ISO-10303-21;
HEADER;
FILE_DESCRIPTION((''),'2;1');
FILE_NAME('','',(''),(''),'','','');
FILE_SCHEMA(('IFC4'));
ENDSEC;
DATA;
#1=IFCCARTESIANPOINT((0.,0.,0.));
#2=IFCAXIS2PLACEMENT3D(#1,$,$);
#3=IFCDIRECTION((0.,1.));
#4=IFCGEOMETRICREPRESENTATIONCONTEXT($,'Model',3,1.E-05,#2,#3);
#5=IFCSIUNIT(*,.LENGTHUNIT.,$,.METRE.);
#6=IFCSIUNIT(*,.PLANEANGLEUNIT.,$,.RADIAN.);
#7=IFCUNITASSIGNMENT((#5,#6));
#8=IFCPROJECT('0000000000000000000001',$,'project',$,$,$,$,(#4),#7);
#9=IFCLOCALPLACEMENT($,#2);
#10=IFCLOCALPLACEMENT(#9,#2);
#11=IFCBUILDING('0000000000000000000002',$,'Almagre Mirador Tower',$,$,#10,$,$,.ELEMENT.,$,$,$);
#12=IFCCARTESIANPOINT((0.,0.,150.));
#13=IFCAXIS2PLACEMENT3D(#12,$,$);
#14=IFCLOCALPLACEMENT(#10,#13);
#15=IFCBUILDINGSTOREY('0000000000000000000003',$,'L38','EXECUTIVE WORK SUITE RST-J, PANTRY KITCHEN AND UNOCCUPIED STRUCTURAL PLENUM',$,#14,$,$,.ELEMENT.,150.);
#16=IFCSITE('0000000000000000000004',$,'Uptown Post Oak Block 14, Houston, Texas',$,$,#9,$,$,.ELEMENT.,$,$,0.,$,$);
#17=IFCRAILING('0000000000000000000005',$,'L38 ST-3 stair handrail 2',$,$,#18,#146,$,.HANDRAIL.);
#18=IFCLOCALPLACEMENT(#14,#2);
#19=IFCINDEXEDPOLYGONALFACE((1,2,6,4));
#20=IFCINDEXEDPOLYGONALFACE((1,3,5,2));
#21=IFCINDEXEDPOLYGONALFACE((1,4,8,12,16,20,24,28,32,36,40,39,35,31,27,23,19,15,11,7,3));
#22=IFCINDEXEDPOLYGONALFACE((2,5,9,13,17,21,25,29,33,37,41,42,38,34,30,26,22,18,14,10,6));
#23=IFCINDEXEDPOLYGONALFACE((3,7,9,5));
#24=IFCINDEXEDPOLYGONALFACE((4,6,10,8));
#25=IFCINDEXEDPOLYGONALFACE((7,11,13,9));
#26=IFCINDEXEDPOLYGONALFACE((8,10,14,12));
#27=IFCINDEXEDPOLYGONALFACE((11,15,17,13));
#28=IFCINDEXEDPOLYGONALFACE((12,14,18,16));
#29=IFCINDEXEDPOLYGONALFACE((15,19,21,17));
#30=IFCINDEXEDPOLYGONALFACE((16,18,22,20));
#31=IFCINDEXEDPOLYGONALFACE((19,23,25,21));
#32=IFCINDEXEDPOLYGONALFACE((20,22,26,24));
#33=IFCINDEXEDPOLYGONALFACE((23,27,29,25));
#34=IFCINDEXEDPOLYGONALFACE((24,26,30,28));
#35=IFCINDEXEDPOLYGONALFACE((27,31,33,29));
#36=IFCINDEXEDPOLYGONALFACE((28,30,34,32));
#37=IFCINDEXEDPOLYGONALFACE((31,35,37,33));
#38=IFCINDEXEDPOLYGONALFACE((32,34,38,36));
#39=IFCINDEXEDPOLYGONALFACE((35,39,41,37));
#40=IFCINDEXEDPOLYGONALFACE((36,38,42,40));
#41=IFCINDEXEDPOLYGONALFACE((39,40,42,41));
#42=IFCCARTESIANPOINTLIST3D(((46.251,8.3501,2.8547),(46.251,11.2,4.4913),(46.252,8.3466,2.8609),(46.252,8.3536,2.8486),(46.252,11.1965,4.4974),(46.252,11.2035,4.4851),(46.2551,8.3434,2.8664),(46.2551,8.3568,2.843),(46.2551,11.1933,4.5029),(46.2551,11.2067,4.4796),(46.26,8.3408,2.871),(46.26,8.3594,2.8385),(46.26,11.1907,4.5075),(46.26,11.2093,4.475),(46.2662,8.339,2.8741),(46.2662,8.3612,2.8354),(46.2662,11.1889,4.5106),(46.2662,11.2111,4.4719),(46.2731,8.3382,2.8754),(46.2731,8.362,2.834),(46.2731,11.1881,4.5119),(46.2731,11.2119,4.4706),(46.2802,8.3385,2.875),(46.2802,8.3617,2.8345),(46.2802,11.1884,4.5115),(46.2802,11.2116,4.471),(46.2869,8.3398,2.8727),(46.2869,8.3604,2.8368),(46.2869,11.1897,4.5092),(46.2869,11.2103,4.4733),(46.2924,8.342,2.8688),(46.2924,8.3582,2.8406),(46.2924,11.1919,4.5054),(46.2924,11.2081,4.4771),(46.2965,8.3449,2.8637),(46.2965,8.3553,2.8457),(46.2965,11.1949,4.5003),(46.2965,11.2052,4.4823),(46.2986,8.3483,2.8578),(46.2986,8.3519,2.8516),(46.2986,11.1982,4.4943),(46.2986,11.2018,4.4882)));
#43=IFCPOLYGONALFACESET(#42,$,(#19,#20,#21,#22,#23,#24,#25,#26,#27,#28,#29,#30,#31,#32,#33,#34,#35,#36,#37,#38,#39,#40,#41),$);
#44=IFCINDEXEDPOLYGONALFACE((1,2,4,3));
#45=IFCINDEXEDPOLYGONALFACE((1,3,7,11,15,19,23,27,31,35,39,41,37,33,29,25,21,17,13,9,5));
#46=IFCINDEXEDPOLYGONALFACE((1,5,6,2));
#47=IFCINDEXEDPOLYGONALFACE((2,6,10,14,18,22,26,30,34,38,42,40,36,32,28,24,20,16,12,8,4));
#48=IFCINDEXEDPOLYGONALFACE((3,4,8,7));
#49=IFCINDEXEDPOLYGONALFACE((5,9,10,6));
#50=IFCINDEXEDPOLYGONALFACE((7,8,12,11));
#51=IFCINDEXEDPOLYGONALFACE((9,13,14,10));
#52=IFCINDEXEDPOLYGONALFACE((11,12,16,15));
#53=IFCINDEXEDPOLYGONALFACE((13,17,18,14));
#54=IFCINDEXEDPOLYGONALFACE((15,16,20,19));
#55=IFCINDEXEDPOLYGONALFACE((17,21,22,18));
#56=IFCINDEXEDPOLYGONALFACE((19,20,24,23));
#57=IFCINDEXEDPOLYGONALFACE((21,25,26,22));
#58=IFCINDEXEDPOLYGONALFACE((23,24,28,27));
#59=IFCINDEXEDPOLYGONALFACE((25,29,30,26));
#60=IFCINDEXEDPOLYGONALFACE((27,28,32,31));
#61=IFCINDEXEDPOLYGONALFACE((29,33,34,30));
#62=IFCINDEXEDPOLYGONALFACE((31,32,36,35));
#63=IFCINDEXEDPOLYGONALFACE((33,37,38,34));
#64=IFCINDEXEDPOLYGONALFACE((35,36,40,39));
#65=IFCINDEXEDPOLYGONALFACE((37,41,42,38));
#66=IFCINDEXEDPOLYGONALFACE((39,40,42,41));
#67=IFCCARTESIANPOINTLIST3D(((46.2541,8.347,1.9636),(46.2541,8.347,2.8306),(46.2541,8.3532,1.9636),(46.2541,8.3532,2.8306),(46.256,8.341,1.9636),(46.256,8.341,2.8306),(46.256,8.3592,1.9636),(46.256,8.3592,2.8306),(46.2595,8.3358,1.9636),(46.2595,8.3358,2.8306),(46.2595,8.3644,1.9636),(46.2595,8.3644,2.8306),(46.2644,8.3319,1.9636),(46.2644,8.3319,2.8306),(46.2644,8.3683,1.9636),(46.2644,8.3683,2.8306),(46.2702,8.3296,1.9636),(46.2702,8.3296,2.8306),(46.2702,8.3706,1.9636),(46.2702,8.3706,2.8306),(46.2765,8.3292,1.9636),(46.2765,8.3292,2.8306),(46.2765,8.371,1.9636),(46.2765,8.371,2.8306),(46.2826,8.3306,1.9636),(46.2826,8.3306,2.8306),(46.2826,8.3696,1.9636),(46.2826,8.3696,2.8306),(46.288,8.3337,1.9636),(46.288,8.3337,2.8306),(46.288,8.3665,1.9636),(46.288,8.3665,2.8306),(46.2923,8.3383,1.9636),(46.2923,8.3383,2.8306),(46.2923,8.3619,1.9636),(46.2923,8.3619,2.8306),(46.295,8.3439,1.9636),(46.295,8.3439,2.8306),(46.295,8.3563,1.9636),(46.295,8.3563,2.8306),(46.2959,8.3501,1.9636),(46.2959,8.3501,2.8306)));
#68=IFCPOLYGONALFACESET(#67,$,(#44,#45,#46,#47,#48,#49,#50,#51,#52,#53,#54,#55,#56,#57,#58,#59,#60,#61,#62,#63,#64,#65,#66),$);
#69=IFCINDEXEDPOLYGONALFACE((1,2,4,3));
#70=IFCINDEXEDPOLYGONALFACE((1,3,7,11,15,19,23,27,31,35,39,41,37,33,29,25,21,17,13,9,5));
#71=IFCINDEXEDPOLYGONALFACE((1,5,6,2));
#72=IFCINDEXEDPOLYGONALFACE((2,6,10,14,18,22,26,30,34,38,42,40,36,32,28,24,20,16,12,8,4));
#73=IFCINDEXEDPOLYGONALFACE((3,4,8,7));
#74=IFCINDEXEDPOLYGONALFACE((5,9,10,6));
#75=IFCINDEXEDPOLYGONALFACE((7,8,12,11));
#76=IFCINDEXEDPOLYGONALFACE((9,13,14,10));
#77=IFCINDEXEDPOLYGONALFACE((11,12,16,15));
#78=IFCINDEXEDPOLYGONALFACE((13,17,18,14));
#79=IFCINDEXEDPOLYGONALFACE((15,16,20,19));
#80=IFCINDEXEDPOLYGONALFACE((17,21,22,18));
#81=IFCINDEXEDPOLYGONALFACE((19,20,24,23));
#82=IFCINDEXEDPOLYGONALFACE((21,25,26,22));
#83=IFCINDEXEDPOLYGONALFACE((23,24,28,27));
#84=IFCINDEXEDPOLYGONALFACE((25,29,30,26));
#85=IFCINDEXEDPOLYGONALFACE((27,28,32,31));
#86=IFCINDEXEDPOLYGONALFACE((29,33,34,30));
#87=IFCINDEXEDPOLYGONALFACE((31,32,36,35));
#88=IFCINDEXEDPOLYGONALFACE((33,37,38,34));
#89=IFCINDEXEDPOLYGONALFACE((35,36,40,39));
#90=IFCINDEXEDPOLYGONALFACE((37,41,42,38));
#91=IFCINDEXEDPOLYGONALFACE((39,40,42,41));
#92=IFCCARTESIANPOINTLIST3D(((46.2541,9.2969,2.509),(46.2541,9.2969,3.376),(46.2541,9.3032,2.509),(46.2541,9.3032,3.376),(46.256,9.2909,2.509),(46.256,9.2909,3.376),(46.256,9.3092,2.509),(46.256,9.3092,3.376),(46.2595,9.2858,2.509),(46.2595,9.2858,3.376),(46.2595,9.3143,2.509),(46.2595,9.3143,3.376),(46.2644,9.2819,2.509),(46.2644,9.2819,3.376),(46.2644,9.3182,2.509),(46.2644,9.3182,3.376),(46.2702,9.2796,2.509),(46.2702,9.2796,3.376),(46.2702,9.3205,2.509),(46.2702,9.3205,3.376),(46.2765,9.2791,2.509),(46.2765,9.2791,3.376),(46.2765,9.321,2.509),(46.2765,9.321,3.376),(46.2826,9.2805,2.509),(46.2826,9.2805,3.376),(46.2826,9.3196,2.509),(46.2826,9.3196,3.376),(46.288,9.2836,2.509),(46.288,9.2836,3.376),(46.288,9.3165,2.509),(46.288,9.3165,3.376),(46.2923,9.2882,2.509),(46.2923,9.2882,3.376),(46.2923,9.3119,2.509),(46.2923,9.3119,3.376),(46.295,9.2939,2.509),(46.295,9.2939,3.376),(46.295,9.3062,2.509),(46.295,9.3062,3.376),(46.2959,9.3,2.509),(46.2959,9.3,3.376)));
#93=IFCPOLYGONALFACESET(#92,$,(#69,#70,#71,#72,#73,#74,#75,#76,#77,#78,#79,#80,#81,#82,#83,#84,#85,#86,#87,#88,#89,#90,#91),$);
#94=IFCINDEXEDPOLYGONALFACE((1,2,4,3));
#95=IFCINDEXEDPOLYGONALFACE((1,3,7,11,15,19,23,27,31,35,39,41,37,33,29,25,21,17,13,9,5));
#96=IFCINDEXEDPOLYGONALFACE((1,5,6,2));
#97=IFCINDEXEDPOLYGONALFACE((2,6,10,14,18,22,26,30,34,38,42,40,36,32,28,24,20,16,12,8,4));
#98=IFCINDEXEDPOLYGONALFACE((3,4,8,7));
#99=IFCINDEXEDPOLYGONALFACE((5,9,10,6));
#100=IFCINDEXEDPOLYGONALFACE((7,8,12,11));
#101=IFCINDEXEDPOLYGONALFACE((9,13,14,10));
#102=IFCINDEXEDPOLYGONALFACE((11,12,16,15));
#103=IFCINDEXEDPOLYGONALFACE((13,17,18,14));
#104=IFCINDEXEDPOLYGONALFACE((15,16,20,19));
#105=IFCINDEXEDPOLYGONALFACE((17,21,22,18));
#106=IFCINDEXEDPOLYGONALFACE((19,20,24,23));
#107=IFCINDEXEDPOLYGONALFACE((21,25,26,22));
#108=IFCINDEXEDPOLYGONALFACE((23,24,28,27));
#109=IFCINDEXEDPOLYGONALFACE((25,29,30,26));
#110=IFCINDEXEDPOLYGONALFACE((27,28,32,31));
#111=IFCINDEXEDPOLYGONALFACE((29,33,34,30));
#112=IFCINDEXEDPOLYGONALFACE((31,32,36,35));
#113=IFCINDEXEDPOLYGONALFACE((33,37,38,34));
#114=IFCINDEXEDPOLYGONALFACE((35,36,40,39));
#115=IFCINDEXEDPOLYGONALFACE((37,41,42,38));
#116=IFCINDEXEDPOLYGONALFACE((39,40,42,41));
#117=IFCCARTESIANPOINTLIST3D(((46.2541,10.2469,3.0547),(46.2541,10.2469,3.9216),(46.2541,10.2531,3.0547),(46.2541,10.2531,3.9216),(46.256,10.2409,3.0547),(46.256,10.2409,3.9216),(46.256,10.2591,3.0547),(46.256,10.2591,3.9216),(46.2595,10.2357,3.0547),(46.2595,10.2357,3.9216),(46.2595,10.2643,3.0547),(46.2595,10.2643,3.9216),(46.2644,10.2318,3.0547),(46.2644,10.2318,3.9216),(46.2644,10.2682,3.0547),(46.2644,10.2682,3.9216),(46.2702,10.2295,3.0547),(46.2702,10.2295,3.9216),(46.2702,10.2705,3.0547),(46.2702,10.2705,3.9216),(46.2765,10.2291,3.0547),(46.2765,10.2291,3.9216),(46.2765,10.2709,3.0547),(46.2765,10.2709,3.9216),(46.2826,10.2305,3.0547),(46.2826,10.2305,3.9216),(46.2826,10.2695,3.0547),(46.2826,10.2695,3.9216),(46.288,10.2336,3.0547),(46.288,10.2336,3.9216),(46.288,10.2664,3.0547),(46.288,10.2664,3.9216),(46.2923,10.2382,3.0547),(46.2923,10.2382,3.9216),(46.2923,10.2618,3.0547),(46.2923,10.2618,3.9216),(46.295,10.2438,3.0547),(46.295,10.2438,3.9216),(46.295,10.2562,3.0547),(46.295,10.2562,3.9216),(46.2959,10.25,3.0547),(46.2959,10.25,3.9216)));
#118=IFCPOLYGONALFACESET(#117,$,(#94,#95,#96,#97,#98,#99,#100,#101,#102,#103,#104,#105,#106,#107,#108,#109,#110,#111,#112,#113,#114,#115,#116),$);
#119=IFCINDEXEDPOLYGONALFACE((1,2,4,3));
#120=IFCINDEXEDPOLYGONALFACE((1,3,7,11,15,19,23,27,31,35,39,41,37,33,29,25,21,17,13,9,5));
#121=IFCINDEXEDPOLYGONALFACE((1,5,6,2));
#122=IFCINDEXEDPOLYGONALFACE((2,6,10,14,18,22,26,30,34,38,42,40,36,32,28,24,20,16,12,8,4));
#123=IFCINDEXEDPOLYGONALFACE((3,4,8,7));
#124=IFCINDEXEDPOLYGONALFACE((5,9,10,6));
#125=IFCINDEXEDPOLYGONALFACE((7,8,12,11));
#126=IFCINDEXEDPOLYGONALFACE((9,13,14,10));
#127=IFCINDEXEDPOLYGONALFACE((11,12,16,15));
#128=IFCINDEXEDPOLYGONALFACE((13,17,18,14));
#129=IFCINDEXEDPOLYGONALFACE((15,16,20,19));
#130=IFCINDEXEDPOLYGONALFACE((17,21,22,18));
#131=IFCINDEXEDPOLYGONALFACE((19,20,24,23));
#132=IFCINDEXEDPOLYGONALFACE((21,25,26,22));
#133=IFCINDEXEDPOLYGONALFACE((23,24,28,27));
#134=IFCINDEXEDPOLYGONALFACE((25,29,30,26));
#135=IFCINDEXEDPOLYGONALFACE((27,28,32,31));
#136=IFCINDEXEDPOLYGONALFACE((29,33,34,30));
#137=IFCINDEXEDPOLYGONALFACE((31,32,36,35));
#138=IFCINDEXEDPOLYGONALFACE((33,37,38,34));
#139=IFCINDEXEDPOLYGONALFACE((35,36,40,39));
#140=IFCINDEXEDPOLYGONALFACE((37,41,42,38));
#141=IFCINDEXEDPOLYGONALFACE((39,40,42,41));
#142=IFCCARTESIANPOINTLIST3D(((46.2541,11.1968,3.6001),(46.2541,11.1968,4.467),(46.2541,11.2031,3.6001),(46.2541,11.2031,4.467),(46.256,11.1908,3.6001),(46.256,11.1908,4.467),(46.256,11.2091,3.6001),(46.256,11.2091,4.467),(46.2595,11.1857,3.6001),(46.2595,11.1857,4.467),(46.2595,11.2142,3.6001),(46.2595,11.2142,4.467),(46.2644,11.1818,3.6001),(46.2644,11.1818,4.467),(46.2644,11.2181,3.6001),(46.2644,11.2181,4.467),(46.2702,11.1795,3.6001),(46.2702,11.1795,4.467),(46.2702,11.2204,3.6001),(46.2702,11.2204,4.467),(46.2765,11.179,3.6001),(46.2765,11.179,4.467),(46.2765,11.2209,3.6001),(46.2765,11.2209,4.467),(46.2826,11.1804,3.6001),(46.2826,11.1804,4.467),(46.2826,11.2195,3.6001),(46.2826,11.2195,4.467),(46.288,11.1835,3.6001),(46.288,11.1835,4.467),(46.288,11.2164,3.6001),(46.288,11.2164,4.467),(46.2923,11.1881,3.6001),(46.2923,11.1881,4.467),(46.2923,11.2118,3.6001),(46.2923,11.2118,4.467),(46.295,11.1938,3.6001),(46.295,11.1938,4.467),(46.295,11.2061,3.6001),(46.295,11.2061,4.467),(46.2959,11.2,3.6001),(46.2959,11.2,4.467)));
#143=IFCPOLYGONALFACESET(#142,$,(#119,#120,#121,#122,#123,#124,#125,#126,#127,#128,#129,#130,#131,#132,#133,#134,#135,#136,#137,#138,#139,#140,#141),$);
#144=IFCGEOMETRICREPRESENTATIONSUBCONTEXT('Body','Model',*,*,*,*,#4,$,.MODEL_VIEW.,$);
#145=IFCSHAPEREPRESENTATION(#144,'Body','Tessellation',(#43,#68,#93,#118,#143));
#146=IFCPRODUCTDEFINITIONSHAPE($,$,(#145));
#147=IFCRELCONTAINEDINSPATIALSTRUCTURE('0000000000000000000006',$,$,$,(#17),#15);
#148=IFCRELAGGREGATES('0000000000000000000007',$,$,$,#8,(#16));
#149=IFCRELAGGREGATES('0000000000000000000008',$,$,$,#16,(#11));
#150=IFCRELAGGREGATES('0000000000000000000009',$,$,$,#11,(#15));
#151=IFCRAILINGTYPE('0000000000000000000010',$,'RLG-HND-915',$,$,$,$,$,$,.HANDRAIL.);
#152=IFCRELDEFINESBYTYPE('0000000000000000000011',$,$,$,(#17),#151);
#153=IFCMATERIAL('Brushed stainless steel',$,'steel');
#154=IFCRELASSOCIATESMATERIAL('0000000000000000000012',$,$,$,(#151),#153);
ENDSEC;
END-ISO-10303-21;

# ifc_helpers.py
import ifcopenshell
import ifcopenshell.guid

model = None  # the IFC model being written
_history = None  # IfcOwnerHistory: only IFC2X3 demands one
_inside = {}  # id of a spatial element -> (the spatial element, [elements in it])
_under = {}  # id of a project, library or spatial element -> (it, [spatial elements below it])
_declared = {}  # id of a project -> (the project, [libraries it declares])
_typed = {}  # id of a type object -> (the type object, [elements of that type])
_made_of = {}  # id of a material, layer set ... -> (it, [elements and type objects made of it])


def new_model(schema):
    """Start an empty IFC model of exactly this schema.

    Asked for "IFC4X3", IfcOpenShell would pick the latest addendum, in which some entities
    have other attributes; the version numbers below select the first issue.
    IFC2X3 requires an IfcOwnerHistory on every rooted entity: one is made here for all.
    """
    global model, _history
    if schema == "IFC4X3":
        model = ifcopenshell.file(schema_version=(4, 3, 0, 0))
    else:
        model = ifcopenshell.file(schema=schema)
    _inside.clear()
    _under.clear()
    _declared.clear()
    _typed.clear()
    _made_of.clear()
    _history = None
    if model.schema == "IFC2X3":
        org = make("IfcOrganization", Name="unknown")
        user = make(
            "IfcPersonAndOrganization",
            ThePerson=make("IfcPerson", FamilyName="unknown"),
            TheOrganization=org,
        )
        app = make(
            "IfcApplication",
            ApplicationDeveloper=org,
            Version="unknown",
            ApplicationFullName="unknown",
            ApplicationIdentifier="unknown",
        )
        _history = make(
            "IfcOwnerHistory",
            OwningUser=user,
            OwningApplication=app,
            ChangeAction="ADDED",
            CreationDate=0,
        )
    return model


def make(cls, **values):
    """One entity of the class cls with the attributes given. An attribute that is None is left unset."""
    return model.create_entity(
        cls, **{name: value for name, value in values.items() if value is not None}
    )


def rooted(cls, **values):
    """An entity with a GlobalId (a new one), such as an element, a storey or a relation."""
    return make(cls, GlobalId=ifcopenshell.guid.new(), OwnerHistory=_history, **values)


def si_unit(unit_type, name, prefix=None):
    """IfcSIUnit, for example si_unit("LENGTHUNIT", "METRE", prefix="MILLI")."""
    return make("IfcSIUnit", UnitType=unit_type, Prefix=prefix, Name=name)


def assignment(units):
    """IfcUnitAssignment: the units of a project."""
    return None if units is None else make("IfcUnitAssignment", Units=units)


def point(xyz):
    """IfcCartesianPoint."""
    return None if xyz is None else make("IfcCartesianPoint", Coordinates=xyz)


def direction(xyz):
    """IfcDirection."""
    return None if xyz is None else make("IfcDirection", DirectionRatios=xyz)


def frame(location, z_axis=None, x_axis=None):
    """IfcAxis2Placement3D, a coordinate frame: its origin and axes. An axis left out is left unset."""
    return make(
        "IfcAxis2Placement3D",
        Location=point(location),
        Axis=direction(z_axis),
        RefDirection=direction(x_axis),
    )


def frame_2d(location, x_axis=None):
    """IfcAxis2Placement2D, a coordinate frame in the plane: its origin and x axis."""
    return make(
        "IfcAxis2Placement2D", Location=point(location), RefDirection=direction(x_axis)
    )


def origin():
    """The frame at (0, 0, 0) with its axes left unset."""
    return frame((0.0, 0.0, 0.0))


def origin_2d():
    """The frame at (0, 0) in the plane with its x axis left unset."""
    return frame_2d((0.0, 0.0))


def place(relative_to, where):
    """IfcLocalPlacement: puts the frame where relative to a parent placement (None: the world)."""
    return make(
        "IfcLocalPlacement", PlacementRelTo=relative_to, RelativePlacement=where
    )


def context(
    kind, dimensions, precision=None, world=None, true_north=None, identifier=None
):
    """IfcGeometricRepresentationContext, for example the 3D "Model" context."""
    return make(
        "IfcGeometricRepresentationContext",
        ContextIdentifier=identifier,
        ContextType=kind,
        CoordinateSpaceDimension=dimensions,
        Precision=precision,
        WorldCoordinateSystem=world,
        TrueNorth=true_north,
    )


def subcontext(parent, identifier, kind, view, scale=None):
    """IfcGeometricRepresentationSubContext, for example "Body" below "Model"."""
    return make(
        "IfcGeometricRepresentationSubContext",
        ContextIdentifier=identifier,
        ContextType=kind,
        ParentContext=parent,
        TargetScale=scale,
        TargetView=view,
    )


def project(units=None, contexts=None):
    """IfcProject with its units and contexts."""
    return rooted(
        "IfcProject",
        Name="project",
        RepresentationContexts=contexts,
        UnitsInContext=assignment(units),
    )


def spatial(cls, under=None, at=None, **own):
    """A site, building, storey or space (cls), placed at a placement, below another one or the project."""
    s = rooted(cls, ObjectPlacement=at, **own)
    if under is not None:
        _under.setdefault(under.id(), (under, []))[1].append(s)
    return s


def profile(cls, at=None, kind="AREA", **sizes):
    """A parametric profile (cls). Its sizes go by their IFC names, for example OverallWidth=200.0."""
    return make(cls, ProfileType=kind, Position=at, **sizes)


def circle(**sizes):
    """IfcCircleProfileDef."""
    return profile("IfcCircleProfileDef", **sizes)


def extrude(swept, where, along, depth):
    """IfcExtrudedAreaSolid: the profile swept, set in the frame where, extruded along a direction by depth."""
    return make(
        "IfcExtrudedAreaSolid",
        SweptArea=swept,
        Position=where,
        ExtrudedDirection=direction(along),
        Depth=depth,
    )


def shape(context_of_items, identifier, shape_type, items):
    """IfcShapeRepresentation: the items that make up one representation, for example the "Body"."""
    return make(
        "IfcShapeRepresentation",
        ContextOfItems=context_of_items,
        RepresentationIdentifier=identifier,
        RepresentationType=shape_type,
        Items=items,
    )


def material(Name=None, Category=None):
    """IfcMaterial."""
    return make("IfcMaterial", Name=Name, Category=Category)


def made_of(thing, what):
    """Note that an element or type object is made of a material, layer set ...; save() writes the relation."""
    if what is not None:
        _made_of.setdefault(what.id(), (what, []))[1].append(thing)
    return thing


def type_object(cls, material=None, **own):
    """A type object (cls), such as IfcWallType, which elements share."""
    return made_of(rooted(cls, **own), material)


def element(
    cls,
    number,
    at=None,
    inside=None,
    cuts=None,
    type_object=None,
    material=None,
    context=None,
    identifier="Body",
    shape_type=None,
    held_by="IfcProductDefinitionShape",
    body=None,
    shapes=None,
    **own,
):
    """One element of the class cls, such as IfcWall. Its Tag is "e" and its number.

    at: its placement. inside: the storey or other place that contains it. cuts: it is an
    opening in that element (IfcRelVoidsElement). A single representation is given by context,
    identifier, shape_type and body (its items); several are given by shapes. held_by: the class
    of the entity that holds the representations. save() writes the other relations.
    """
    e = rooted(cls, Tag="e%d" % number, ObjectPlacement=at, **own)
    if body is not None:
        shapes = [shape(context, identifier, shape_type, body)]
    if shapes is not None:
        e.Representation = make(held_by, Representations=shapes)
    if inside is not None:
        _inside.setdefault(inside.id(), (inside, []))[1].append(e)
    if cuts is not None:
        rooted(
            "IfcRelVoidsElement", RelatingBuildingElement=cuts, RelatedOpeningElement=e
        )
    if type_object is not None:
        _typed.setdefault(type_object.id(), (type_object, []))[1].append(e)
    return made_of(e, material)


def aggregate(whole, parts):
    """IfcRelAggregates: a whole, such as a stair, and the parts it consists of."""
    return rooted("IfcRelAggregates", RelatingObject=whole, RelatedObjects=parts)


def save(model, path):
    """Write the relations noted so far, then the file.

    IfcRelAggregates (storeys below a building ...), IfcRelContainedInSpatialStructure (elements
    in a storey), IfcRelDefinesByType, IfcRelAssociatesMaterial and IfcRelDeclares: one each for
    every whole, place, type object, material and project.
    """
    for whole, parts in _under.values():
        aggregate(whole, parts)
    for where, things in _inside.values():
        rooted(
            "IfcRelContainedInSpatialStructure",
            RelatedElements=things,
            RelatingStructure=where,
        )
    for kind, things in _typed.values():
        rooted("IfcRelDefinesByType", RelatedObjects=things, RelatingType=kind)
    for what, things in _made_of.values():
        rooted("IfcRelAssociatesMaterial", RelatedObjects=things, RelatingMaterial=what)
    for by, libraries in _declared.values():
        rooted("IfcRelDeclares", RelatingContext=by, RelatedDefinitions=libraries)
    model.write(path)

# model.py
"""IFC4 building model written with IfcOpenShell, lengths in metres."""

from ifc_helpers import new_model, si_unit, direction, frame, origin, origin_2d, place, context, subcontext, project, spatial, circle, extrude, material, type_object, element, save


model = new_model("IFC4")

# Units and contexts
model_context = context("Model", 3, precision=1e-05, world=origin(), true_north=direction((0.0, 1.0)))
body_context = subcontext(model_context, "Body", "Model", "MODEL_VIEW")
ifc_project = project(units=[si_unit("LENGTHUNIT", "METRE"), si_unit("PLANEANGLEUNIT", "RADIAN")], contexts=[model_context])

# Site, building, storey
site_placement = place(None, origin())
site = spatial("IfcSite", under=ifc_project, at=site_placement, Name="Uptown Post Oak Block 14, Houston, Texas", CompositionType="ELEMENT", RefElevation=0.0)
building_placement = place(site_placement, origin())
building = spatial("IfcBuilding", under=site, at=building_placement, Name="Almagre Mirador Tower", CompositionType="ELEMENT")
storey_placement = place(building_placement, frame((0.0, 0.0, 150.0)))
storey = spatial("IfcBuildingStorey", under=building, at=storey_placement, Name="L38", Description="EXECUTIVE WORK SUITE RST-J, PANTRY KITCHEN AND UNOCCUPIED STRUCTURAL PLENUM", CompositionType="ELEMENT", Elevation=150.0)

# Railing
ifc_material_1 = material(Name="Brushed stainless steel", Category="steel")
railing_type_1 = type_object("IfcRailingType", Name="RLG-HND-915", PredefinedType="HANDRAIL", material=ifc_material_1)
railing_1_placement = place(storey_placement, frame((46.2749, 8.3501, 1.9636)))
element("IfcRailing", 1, at=railing_1_placement, inside=storey, type_object=railing_type_1, Name="L38 ST-3 stair handrail 2", PredefinedType="HANDRAIL", context=body_context, shape_type="SweptSolid", body=[
    extrude(circle(Radius=0.0239, at=origin_2d()), frame((0.0, 0.0, 0.8911), z_axis=(0.0, 0.867194, 0.49797), x_axis=(-1.0, 0.0, 0.0)), (0.0, 0.0, 1.0), 3.2864),
    extrude(circle(Radius=0.021, at=origin_2d()), origin(), (0.0, 0.0, 1.0), 0.8669),
    extrude(circle(Radius=0.021, at=origin_2d()), frame((0.0, 0.95, 0.5454)), (0.0, 0.0, 1.0), 0.8669),
    extrude(circle(Radius=0.021, at=origin_2d()), frame((0.0, 1.8999, 1.0911)), (0.0, 0.0, 1.0), 0.8669),
    extrude(circle(Radius=0.021, at=origin_2d()), frame((0.0, 2.8499, 1.6365)), (0.0, 0.0, 1.0), 0.8669),
])

save(model, "model.ifc")
